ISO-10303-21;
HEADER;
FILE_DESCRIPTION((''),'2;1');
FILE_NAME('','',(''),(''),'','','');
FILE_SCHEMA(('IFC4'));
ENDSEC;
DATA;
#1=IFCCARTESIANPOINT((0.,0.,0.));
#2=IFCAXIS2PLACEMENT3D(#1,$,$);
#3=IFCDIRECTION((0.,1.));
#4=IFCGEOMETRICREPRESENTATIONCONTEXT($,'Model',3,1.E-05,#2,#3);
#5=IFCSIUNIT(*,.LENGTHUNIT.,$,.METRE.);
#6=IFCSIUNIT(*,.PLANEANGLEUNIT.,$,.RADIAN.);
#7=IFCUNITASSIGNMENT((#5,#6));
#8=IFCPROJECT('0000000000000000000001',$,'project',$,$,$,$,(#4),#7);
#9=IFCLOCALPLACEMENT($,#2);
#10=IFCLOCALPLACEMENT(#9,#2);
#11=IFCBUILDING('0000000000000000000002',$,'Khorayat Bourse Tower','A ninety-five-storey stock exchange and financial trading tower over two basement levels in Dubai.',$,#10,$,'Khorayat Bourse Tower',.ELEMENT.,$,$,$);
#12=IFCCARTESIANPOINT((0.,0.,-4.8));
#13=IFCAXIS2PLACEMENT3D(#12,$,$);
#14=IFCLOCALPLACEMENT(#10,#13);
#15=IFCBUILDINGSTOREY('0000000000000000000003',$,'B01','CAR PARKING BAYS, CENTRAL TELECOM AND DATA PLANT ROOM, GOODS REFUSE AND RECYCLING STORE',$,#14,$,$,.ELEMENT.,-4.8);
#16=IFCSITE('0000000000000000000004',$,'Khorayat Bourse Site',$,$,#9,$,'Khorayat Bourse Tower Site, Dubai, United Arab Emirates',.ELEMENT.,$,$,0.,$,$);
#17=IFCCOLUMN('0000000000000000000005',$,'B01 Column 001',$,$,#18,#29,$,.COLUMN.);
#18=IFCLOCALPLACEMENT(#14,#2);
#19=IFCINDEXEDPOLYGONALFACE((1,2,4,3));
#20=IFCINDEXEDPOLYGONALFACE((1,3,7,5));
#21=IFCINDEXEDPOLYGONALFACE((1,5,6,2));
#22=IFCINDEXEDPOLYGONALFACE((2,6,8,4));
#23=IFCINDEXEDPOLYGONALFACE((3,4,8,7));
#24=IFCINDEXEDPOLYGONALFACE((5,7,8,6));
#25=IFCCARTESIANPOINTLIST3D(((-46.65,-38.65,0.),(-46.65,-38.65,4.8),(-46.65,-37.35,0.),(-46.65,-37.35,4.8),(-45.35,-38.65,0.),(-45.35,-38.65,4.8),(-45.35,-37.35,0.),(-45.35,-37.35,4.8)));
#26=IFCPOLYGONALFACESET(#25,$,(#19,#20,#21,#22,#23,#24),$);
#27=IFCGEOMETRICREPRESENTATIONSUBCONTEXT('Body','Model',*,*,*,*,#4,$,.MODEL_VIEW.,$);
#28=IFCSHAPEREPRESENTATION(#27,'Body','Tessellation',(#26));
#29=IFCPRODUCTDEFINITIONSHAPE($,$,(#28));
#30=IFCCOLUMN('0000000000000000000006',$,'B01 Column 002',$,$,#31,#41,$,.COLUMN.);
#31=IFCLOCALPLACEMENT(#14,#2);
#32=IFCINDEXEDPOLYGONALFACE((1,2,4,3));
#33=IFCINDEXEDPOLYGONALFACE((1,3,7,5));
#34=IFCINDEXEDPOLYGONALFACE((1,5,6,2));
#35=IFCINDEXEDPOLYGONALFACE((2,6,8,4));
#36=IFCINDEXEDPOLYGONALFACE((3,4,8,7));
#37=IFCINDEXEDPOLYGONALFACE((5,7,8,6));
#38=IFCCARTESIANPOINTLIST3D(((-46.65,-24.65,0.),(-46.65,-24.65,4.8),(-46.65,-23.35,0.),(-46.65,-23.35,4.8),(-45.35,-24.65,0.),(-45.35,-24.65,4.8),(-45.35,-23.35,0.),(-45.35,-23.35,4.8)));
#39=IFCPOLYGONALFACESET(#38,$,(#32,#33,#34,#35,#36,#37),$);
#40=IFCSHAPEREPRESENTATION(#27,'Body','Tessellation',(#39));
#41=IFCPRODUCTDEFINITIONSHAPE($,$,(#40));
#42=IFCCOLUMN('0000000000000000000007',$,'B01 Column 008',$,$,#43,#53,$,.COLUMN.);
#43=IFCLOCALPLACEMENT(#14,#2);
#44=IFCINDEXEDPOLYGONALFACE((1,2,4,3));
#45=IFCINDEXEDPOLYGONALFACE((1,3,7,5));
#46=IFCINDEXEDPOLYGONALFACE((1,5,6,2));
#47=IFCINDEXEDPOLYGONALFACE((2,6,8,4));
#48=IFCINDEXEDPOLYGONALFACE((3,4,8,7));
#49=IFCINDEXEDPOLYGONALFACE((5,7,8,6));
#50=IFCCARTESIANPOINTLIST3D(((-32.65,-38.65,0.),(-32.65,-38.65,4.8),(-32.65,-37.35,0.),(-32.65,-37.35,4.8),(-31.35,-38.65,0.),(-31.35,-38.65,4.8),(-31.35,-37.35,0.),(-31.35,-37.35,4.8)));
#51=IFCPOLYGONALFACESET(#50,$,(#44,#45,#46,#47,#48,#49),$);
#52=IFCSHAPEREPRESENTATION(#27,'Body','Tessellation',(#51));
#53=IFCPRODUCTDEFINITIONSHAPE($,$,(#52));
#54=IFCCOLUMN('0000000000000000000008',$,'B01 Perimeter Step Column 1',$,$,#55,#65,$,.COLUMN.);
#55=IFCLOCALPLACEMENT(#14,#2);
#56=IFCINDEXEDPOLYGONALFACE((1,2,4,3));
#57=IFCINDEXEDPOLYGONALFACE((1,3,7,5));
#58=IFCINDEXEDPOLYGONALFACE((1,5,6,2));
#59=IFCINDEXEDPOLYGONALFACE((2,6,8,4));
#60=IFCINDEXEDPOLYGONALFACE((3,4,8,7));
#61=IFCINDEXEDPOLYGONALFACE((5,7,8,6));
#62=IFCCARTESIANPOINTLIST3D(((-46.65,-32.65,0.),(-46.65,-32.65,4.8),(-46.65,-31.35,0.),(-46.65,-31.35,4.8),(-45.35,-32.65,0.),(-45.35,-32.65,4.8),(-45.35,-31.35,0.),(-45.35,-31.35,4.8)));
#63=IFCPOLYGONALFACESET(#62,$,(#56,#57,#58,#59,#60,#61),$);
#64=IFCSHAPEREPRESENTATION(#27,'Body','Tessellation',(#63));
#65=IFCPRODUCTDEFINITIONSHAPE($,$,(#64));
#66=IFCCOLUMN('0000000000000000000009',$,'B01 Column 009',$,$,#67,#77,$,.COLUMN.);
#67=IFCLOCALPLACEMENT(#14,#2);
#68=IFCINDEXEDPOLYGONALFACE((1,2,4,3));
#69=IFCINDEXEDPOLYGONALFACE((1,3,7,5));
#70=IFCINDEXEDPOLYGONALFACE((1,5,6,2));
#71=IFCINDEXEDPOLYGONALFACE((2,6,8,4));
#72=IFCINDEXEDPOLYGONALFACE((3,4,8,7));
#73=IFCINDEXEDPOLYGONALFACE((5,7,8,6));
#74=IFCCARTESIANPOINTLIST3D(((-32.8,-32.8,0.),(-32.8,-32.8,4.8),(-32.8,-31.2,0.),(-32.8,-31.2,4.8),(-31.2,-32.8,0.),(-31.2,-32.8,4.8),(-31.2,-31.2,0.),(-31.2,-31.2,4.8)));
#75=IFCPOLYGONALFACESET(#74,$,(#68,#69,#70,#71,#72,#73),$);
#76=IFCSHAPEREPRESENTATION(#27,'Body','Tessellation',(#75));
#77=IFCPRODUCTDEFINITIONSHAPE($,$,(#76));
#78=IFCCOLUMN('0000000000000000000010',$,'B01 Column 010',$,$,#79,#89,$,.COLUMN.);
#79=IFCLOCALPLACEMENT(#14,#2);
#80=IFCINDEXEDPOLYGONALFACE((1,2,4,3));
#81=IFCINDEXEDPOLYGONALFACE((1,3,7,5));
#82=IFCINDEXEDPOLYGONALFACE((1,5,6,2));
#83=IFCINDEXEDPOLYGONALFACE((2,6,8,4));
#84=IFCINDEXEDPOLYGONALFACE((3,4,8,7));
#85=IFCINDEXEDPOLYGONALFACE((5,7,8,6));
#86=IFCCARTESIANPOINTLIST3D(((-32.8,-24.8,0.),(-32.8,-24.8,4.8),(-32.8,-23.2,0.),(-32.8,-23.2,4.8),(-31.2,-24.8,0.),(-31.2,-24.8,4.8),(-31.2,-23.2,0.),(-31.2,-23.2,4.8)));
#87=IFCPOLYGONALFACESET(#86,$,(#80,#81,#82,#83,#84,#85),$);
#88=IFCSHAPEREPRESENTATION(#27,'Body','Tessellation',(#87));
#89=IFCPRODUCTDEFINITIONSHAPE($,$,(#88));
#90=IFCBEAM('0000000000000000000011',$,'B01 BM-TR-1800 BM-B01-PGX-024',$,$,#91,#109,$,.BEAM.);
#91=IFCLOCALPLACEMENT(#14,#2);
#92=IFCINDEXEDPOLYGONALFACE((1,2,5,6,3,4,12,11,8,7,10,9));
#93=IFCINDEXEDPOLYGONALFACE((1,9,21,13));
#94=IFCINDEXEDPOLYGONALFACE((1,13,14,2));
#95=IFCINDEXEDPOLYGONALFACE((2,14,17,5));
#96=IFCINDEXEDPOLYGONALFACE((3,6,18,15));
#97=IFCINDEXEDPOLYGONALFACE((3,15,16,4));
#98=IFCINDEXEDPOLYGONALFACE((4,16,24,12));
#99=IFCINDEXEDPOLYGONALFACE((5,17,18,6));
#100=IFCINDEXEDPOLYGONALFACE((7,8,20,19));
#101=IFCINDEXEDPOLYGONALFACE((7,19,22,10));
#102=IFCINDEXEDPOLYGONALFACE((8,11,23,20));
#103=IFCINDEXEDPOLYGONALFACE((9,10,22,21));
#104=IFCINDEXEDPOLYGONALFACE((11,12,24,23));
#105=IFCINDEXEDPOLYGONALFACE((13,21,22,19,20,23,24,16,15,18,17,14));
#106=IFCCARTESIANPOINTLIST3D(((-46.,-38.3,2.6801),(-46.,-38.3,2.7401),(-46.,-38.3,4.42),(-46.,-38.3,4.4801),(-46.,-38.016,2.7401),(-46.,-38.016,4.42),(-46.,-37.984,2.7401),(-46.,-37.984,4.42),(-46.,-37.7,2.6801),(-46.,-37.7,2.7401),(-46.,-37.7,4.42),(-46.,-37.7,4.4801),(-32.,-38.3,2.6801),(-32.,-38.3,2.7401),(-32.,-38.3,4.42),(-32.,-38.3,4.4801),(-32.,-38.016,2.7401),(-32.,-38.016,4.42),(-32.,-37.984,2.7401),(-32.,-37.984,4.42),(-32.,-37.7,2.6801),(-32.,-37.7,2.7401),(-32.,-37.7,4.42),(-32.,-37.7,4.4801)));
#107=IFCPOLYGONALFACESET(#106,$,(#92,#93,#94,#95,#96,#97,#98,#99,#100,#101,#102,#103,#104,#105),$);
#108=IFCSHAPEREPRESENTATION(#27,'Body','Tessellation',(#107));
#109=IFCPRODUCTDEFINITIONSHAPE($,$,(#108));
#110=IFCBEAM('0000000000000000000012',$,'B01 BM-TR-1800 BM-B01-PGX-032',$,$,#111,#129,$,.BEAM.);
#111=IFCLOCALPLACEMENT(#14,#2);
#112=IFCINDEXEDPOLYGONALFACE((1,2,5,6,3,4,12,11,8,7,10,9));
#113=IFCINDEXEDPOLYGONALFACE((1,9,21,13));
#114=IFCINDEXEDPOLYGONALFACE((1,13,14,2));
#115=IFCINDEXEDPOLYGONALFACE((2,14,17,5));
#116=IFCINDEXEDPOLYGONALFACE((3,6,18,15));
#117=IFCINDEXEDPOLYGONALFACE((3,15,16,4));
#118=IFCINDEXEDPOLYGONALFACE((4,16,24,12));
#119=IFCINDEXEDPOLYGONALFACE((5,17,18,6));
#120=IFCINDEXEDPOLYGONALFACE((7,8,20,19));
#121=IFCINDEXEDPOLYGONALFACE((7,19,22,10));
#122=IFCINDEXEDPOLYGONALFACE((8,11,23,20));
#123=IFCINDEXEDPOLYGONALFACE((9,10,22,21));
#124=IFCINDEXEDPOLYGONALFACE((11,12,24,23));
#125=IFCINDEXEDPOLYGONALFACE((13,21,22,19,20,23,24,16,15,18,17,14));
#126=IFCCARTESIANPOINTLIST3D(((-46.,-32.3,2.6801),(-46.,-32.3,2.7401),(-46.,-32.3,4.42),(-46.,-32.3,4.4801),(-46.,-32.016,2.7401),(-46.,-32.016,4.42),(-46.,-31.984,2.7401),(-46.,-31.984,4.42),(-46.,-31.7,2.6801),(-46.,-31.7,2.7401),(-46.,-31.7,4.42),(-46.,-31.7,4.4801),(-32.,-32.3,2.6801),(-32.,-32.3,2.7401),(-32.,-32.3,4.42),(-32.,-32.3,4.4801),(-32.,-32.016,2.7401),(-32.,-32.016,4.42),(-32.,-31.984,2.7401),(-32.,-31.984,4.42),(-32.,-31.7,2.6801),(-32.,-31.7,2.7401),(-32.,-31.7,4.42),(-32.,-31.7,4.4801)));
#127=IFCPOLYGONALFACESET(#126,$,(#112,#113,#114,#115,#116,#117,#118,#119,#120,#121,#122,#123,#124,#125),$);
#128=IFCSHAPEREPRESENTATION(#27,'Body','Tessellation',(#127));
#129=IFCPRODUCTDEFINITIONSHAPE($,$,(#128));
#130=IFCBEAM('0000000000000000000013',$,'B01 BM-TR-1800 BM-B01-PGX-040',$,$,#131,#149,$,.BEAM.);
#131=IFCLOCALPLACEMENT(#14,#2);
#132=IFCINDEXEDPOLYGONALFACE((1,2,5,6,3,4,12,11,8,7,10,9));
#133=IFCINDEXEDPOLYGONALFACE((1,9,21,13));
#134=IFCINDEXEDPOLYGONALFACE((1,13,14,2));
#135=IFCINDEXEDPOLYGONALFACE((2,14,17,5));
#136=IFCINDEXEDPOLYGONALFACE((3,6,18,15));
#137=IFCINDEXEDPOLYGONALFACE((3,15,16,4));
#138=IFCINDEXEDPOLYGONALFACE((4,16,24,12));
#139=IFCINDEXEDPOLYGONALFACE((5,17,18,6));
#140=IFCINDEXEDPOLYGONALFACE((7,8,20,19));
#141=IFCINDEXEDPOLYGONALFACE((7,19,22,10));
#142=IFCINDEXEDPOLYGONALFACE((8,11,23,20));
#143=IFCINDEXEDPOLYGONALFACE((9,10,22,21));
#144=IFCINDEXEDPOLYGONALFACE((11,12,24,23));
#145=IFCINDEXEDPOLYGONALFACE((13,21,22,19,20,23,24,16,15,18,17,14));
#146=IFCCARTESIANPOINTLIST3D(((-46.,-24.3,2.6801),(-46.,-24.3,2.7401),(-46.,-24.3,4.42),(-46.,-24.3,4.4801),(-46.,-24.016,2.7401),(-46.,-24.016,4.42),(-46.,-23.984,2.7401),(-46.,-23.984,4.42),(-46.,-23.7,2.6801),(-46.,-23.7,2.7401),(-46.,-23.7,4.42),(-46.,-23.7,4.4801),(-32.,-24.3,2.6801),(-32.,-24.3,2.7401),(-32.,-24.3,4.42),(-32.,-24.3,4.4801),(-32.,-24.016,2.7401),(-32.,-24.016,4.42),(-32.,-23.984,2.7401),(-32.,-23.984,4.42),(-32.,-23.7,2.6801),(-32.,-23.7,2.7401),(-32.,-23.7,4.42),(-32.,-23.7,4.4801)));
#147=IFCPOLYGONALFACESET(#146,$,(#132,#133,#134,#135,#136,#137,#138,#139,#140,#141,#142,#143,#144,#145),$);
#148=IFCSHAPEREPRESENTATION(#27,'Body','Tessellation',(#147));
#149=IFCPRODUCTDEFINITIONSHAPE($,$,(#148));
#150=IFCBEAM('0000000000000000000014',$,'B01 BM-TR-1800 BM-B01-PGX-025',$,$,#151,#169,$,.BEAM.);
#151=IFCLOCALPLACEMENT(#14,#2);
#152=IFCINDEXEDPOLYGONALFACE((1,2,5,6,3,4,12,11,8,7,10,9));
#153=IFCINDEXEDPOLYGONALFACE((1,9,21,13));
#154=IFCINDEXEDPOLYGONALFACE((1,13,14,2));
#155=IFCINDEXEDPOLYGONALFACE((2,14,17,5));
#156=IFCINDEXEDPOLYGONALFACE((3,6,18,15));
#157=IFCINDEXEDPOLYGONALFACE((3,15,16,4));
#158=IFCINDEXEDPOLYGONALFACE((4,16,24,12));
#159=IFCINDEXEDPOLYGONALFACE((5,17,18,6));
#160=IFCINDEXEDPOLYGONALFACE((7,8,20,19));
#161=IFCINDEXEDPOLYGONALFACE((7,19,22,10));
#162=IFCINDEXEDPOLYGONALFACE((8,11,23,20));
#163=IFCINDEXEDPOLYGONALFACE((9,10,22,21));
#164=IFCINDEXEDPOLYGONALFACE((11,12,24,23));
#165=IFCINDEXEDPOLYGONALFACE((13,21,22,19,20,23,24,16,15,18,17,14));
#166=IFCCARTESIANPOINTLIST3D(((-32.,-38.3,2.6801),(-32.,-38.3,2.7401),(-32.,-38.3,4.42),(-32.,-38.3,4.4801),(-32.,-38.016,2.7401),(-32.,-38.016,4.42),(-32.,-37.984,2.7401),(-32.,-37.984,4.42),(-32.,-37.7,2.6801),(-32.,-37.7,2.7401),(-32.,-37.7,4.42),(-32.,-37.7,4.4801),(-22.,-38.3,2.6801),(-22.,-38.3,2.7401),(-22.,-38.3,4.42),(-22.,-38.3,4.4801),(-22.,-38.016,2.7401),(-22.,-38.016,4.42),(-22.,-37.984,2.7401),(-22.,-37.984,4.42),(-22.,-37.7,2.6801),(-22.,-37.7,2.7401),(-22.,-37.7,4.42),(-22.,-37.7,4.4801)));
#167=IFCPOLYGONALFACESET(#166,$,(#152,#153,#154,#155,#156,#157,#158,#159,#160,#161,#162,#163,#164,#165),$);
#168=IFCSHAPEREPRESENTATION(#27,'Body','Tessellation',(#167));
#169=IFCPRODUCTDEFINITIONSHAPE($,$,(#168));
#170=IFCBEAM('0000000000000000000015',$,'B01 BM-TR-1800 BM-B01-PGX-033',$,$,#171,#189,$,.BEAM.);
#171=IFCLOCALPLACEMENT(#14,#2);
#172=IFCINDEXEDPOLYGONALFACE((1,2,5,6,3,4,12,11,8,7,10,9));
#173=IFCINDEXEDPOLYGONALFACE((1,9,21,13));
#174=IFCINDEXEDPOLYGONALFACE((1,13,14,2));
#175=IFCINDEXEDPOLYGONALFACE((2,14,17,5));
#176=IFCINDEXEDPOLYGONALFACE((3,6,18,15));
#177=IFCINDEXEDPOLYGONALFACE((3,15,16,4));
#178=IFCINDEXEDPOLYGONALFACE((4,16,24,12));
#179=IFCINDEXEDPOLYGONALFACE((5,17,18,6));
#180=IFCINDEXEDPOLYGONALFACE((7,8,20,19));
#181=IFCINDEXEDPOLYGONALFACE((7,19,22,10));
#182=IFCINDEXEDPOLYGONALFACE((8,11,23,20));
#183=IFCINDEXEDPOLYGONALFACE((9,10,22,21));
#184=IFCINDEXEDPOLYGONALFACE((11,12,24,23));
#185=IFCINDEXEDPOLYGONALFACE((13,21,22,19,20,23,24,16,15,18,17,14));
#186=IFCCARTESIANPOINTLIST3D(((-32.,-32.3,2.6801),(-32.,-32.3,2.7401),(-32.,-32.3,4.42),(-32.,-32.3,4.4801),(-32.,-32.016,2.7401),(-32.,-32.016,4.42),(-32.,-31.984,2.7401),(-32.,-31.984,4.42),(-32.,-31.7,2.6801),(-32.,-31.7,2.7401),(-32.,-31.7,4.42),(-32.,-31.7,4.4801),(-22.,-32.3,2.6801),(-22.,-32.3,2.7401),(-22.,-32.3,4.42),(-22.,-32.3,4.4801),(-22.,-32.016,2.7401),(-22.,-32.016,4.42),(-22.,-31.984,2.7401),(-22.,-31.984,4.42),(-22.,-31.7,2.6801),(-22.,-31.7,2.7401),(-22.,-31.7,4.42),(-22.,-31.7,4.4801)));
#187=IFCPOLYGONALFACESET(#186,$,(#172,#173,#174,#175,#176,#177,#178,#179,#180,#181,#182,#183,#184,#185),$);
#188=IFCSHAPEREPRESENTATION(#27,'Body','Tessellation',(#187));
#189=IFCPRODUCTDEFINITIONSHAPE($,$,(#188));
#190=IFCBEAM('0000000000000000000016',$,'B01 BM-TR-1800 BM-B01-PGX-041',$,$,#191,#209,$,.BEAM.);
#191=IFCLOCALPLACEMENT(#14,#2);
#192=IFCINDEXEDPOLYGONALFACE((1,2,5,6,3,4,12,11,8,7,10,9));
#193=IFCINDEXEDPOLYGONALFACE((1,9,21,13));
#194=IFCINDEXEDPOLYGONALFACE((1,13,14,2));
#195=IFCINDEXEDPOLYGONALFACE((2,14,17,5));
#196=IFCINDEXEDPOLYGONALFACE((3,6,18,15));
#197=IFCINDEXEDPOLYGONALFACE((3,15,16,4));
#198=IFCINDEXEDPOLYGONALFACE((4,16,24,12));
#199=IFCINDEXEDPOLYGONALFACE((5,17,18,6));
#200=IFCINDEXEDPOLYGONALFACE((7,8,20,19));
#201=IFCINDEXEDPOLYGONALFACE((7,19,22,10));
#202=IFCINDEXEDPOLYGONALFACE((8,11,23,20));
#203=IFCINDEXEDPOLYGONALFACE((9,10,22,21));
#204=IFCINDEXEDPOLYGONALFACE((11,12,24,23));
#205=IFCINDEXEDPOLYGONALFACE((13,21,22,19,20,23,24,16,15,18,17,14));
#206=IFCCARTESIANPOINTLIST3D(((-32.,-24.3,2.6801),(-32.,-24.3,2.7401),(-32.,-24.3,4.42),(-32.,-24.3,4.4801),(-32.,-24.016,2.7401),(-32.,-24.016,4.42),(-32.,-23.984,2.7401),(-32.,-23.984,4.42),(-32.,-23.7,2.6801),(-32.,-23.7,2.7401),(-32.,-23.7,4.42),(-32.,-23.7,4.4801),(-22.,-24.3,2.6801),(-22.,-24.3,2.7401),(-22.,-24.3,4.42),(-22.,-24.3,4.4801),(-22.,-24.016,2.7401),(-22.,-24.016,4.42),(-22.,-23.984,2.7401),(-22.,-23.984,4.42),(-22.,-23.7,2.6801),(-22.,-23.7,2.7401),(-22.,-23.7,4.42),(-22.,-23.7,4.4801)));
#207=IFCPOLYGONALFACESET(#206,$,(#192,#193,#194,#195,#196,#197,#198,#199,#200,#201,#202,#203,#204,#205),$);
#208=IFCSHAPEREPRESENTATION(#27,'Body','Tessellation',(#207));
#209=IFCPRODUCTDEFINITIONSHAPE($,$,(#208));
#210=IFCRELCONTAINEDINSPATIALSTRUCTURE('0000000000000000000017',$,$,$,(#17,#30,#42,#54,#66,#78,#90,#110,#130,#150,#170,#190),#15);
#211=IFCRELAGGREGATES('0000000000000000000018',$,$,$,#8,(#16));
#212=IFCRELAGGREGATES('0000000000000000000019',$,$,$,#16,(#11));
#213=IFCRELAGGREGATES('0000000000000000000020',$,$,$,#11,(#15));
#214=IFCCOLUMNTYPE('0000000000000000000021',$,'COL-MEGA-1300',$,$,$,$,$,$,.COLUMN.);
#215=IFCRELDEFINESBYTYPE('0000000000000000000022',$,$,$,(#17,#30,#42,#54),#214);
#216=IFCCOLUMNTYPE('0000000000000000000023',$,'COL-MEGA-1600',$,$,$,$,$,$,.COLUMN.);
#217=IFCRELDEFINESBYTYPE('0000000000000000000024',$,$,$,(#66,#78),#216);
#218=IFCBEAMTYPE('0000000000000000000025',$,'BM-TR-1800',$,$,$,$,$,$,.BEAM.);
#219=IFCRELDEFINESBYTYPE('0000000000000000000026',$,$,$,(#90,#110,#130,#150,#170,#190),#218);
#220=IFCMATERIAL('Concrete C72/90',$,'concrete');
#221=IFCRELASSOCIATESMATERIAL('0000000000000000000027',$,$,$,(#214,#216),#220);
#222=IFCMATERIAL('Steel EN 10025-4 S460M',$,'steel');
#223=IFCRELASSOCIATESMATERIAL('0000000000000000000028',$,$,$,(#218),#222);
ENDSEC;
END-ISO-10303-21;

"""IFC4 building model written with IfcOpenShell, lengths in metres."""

from ifc_helpers import new_model, si_unit, direction, frame, origin, origin_2d, place, context, subcontext, project, spatial, rectangle, i_section, extrude, source, transform, mapped, material, material_profile, profile_set, type_object, element, save


model = new_model("IFC4")

# Units and contexts
model_context = context("Model", 3, precision=1e-05, world=origin(), true_north=direction((0.0, 1.0)))
body_context = subcontext(model_context, "Body", "Model", "MODEL_VIEW")
ifc_project = project(units=[si_unit("LENGTHUNIT", "METRE"), si_unit("PLANEANGLEUNIT", "RADIAN")], contexts=[model_context])

# Site, building, storey
site_placement = place(None, origin())
site = spatial("IfcSite", under=ifc_project, at=site_placement, Name="Khorayat Bourse Site", LongName="Khorayat Bourse Tower Site, Dubai, United Arab Emirates", CompositionType="ELEMENT", RefElevation=0.0)
building_placement = place(site_placement, origin())
building = spatial("IfcBuilding", under=site, at=building_placement, Name="Khorayat Bourse Tower", Description="A ninety-five-storey stock exchange and financial trading tower over two basement levels in Dubai.", LongName="Khorayat Bourse Tower", CompositionType="ELEMENT")
storey_placement = place(building_placement, frame((0.0, 0.0, -4.8)))
storey = spatial("IfcBuildingStorey", under=building, at=storey_placement, Name="B01", Description="CAR PARKING BAYS, CENTRAL TELECOM AND DATA PLANT ROOM, GOODS REFUSE AND RECYCLING STORE", CompositionType="ELEMENT", Elevation=-4.8)

# Columns
ifc_material_1 = material(Name="Concrete C72/90", Category="concrete")
ifc_material_profile_1 = material_profile(ifc_material_1, rectangle(XDim=1.3, YDim=1.3, at=origin_2d()), Name="RC 1300x1300")
ifc_profile_set_1 = profile_set([ifc_material_profile_1], Name="Concrete C72/90")
column_type_1 = type_object("IfcColumnType", Name="COL-MEGA-1300", PredefinedType="COLUMN", material=ifc_profile_set_1)
shared_shape_1 = source(origin(), body_context, "Body", "SweptSolid", [
    extrude(rectangle(XDim=1.3, YDim=1.3, at=origin_2d()), origin(), (0.0, 0.0, 1.0), 4.8),
])
for number, where, z_axis, x_axis, name in (
    (1, (-46.0, -38.0, 0.0), (0.0, 0.0, 1.0), (1.0, 0.0, 0.0), "B01 Column 001"),
    (2, (-46.0, -24.0, 0.0), (0.0, 0.0, 1.0), (1.0, 0.0, 0.0), "B01 Column 002"),
    (3, (-32.0, -38.0, 0.0), (0.0, 0.0, 1.0), (1.0, 0.0, 0.0), "B01 Column 008"),
    (4, (-46.0, -32.0, 0.0), (0.0, 0.0, 1.0), (1.0, 0.0, 0.0), "B01 Perimeter Step Column 1"),
):
    element("IfcColumn", number, at=place(storey_placement, frame(where, z_axis=z_axis, x_axis=x_axis)), inside=storey, type_object=column_type_1, Name=name, PredefinedType="COLUMN", context=body_context, shape_type="MappedRepresentation", body=[
        mapped(shared_shape_1, transform((0.0, 0.0, 0.0), scale=1.0)),
    ])
ifc_material_profile_2 = material_profile(ifc_material_1, rectangle(XDim=1.6001, YDim=1.6001, at=origin_2d()), Name="RC 1600x1600")
ifc_profile_set_2 = profile_set([ifc_material_profile_2], Name="Concrete C72/90")
column_type_2 = type_object("IfcColumnType", Name="COL-MEGA-1600", PredefinedType="COLUMN", material=ifc_profile_set_2)
shared_shape_2 = source(origin(), body_context, "Body", "SweptSolid", [
    extrude(rectangle(XDim=1.6001, YDim=1.6001, at=origin_2d()), origin(), (0.0, 0.0, 1.0), 4.8),
])
for number, where, z_axis, x_axis, name in (
    (5, (-32.0, -32.0, 0.0), (0.0, 0.0, 1.0), (1.0, 0.0, 0.0), "B01 Column 009"),
    (6, (-32.0, -24.0, 0.0), (0.0, 0.0, 1.0), (1.0, 0.0, 0.0), "B01 Column 010"),
):
    element("IfcColumn", number, at=place(storey_placement, frame(where, z_axis=z_axis, x_axis=x_axis)), inside=storey, type_object=column_type_2, Name=name, PredefinedType="COLUMN", context=body_context, shape_type="MappedRepresentation", body=[
        mapped(shared_shape_2, transform((0.0, 0.0, 0.0), scale=1.0)),
    ])

# Beams
ifc_material_2 = material(Name="Steel EN 10025-4 S460M", Category="steel")
ifc_material_profile_3 = material_profile(ifc_material_2, i_section(OverallWidth=0.6001, OverallDepth=1.8, WebThickness=0.032, FlangeThickness=0.0601, at=origin_2d()), Name="PG 1800x600x32x60")
ifc_profile_set_3 = profile_set([ifc_material_profile_3], Name="Steel EN 10025-4 S460M")
beam_type_1 = type_object("IfcBeamType", Name="BM-TR-1800", PredefinedType="BEAM", material=ifc_profile_set_3)
shared_shape_3 = source(origin(), body_context, "Body", "SweptSolid", [
    extrude(i_section(OverallWidth=0.6001, OverallDepth=1.8, WebThickness=0.032, FlangeThickness=0.0601, at=origin_2d()), origin(), (0.0, 0.0, 1.0), 14.0),
])
for number, where, z_axis, x_axis, name in (
    (7, (-46.0, -38.0, 3.5801), (1.0, 0.0, 0.0), (0.0, 1.0, 0.0), "B01 BM-TR-1800 BM-B01-PGX-024"),
    (8, (-46.0, -32.0, 3.5801), (1.0, 0.0, 0.0), (0.0, 1.0, 0.0), "B01 BM-TR-1800 BM-B01-PGX-032"),
    (9, (-46.0, -24.0, 3.5801), (1.0, 0.0, 0.0), (0.0, 1.0, 0.0), "B01 BM-TR-1800 BM-B01-PGX-040"),
):
    element("IfcBeam", number, at=place(storey_placement, frame(where, z_axis=z_axis, x_axis=x_axis)), inside=storey, type_object=beam_type_1, Name=name, PredefinedType="BEAM", context=body_context, shape_type="MappedRepresentation", body=[
        mapped(shared_shape_3, transform((0.0, 0.0, 0.0), scale=1.0)),
    ])
shared_shape_4 = source(origin(), body_context, "Body", "SweptSolid", [
    extrude(i_section(OverallWidth=0.6001, OverallDepth=1.8, WebThickness=0.032, FlangeThickness=0.0601, at=origin_2d()), origin(), (0.0, 0.0, 1.0), 10.0),
])
for number, where, z_axis, x_axis, name in (
    (10, (-32.0, -38.0, 3.5801), (1.0, 0.0, 0.0), (0.0, 1.0, 0.0), "B01 BM-TR-1800 BM-B01-PGX-025"),
    (11, (-32.0, -32.0, 3.5801), (1.0, 0.0, 0.0), (0.0, 1.0, 0.0), "B01 BM-TR-1800 BM-B01-PGX-033"),
    (12, (-32.0, -24.0, 3.5801), (1.0, 0.0, 0.0), (0.0, 1.0, 0.0), "B01 BM-TR-1800 BM-B01-PGX-041"),
):
    element("IfcBeam", number, at=place(storey_placement, frame(where, z_axis=z_axis, x_axis=x_axis)), inside=storey, type_object=beam_type_1, Name=name, PredefinedType="BEAM", context=body_context, shape_type="MappedRepresentation", body=[
        mapped(shared_shape_4, transform((0.0, 0.0, 0.0), scale=1.0)),
    ])

save(model, "model.ifc")
